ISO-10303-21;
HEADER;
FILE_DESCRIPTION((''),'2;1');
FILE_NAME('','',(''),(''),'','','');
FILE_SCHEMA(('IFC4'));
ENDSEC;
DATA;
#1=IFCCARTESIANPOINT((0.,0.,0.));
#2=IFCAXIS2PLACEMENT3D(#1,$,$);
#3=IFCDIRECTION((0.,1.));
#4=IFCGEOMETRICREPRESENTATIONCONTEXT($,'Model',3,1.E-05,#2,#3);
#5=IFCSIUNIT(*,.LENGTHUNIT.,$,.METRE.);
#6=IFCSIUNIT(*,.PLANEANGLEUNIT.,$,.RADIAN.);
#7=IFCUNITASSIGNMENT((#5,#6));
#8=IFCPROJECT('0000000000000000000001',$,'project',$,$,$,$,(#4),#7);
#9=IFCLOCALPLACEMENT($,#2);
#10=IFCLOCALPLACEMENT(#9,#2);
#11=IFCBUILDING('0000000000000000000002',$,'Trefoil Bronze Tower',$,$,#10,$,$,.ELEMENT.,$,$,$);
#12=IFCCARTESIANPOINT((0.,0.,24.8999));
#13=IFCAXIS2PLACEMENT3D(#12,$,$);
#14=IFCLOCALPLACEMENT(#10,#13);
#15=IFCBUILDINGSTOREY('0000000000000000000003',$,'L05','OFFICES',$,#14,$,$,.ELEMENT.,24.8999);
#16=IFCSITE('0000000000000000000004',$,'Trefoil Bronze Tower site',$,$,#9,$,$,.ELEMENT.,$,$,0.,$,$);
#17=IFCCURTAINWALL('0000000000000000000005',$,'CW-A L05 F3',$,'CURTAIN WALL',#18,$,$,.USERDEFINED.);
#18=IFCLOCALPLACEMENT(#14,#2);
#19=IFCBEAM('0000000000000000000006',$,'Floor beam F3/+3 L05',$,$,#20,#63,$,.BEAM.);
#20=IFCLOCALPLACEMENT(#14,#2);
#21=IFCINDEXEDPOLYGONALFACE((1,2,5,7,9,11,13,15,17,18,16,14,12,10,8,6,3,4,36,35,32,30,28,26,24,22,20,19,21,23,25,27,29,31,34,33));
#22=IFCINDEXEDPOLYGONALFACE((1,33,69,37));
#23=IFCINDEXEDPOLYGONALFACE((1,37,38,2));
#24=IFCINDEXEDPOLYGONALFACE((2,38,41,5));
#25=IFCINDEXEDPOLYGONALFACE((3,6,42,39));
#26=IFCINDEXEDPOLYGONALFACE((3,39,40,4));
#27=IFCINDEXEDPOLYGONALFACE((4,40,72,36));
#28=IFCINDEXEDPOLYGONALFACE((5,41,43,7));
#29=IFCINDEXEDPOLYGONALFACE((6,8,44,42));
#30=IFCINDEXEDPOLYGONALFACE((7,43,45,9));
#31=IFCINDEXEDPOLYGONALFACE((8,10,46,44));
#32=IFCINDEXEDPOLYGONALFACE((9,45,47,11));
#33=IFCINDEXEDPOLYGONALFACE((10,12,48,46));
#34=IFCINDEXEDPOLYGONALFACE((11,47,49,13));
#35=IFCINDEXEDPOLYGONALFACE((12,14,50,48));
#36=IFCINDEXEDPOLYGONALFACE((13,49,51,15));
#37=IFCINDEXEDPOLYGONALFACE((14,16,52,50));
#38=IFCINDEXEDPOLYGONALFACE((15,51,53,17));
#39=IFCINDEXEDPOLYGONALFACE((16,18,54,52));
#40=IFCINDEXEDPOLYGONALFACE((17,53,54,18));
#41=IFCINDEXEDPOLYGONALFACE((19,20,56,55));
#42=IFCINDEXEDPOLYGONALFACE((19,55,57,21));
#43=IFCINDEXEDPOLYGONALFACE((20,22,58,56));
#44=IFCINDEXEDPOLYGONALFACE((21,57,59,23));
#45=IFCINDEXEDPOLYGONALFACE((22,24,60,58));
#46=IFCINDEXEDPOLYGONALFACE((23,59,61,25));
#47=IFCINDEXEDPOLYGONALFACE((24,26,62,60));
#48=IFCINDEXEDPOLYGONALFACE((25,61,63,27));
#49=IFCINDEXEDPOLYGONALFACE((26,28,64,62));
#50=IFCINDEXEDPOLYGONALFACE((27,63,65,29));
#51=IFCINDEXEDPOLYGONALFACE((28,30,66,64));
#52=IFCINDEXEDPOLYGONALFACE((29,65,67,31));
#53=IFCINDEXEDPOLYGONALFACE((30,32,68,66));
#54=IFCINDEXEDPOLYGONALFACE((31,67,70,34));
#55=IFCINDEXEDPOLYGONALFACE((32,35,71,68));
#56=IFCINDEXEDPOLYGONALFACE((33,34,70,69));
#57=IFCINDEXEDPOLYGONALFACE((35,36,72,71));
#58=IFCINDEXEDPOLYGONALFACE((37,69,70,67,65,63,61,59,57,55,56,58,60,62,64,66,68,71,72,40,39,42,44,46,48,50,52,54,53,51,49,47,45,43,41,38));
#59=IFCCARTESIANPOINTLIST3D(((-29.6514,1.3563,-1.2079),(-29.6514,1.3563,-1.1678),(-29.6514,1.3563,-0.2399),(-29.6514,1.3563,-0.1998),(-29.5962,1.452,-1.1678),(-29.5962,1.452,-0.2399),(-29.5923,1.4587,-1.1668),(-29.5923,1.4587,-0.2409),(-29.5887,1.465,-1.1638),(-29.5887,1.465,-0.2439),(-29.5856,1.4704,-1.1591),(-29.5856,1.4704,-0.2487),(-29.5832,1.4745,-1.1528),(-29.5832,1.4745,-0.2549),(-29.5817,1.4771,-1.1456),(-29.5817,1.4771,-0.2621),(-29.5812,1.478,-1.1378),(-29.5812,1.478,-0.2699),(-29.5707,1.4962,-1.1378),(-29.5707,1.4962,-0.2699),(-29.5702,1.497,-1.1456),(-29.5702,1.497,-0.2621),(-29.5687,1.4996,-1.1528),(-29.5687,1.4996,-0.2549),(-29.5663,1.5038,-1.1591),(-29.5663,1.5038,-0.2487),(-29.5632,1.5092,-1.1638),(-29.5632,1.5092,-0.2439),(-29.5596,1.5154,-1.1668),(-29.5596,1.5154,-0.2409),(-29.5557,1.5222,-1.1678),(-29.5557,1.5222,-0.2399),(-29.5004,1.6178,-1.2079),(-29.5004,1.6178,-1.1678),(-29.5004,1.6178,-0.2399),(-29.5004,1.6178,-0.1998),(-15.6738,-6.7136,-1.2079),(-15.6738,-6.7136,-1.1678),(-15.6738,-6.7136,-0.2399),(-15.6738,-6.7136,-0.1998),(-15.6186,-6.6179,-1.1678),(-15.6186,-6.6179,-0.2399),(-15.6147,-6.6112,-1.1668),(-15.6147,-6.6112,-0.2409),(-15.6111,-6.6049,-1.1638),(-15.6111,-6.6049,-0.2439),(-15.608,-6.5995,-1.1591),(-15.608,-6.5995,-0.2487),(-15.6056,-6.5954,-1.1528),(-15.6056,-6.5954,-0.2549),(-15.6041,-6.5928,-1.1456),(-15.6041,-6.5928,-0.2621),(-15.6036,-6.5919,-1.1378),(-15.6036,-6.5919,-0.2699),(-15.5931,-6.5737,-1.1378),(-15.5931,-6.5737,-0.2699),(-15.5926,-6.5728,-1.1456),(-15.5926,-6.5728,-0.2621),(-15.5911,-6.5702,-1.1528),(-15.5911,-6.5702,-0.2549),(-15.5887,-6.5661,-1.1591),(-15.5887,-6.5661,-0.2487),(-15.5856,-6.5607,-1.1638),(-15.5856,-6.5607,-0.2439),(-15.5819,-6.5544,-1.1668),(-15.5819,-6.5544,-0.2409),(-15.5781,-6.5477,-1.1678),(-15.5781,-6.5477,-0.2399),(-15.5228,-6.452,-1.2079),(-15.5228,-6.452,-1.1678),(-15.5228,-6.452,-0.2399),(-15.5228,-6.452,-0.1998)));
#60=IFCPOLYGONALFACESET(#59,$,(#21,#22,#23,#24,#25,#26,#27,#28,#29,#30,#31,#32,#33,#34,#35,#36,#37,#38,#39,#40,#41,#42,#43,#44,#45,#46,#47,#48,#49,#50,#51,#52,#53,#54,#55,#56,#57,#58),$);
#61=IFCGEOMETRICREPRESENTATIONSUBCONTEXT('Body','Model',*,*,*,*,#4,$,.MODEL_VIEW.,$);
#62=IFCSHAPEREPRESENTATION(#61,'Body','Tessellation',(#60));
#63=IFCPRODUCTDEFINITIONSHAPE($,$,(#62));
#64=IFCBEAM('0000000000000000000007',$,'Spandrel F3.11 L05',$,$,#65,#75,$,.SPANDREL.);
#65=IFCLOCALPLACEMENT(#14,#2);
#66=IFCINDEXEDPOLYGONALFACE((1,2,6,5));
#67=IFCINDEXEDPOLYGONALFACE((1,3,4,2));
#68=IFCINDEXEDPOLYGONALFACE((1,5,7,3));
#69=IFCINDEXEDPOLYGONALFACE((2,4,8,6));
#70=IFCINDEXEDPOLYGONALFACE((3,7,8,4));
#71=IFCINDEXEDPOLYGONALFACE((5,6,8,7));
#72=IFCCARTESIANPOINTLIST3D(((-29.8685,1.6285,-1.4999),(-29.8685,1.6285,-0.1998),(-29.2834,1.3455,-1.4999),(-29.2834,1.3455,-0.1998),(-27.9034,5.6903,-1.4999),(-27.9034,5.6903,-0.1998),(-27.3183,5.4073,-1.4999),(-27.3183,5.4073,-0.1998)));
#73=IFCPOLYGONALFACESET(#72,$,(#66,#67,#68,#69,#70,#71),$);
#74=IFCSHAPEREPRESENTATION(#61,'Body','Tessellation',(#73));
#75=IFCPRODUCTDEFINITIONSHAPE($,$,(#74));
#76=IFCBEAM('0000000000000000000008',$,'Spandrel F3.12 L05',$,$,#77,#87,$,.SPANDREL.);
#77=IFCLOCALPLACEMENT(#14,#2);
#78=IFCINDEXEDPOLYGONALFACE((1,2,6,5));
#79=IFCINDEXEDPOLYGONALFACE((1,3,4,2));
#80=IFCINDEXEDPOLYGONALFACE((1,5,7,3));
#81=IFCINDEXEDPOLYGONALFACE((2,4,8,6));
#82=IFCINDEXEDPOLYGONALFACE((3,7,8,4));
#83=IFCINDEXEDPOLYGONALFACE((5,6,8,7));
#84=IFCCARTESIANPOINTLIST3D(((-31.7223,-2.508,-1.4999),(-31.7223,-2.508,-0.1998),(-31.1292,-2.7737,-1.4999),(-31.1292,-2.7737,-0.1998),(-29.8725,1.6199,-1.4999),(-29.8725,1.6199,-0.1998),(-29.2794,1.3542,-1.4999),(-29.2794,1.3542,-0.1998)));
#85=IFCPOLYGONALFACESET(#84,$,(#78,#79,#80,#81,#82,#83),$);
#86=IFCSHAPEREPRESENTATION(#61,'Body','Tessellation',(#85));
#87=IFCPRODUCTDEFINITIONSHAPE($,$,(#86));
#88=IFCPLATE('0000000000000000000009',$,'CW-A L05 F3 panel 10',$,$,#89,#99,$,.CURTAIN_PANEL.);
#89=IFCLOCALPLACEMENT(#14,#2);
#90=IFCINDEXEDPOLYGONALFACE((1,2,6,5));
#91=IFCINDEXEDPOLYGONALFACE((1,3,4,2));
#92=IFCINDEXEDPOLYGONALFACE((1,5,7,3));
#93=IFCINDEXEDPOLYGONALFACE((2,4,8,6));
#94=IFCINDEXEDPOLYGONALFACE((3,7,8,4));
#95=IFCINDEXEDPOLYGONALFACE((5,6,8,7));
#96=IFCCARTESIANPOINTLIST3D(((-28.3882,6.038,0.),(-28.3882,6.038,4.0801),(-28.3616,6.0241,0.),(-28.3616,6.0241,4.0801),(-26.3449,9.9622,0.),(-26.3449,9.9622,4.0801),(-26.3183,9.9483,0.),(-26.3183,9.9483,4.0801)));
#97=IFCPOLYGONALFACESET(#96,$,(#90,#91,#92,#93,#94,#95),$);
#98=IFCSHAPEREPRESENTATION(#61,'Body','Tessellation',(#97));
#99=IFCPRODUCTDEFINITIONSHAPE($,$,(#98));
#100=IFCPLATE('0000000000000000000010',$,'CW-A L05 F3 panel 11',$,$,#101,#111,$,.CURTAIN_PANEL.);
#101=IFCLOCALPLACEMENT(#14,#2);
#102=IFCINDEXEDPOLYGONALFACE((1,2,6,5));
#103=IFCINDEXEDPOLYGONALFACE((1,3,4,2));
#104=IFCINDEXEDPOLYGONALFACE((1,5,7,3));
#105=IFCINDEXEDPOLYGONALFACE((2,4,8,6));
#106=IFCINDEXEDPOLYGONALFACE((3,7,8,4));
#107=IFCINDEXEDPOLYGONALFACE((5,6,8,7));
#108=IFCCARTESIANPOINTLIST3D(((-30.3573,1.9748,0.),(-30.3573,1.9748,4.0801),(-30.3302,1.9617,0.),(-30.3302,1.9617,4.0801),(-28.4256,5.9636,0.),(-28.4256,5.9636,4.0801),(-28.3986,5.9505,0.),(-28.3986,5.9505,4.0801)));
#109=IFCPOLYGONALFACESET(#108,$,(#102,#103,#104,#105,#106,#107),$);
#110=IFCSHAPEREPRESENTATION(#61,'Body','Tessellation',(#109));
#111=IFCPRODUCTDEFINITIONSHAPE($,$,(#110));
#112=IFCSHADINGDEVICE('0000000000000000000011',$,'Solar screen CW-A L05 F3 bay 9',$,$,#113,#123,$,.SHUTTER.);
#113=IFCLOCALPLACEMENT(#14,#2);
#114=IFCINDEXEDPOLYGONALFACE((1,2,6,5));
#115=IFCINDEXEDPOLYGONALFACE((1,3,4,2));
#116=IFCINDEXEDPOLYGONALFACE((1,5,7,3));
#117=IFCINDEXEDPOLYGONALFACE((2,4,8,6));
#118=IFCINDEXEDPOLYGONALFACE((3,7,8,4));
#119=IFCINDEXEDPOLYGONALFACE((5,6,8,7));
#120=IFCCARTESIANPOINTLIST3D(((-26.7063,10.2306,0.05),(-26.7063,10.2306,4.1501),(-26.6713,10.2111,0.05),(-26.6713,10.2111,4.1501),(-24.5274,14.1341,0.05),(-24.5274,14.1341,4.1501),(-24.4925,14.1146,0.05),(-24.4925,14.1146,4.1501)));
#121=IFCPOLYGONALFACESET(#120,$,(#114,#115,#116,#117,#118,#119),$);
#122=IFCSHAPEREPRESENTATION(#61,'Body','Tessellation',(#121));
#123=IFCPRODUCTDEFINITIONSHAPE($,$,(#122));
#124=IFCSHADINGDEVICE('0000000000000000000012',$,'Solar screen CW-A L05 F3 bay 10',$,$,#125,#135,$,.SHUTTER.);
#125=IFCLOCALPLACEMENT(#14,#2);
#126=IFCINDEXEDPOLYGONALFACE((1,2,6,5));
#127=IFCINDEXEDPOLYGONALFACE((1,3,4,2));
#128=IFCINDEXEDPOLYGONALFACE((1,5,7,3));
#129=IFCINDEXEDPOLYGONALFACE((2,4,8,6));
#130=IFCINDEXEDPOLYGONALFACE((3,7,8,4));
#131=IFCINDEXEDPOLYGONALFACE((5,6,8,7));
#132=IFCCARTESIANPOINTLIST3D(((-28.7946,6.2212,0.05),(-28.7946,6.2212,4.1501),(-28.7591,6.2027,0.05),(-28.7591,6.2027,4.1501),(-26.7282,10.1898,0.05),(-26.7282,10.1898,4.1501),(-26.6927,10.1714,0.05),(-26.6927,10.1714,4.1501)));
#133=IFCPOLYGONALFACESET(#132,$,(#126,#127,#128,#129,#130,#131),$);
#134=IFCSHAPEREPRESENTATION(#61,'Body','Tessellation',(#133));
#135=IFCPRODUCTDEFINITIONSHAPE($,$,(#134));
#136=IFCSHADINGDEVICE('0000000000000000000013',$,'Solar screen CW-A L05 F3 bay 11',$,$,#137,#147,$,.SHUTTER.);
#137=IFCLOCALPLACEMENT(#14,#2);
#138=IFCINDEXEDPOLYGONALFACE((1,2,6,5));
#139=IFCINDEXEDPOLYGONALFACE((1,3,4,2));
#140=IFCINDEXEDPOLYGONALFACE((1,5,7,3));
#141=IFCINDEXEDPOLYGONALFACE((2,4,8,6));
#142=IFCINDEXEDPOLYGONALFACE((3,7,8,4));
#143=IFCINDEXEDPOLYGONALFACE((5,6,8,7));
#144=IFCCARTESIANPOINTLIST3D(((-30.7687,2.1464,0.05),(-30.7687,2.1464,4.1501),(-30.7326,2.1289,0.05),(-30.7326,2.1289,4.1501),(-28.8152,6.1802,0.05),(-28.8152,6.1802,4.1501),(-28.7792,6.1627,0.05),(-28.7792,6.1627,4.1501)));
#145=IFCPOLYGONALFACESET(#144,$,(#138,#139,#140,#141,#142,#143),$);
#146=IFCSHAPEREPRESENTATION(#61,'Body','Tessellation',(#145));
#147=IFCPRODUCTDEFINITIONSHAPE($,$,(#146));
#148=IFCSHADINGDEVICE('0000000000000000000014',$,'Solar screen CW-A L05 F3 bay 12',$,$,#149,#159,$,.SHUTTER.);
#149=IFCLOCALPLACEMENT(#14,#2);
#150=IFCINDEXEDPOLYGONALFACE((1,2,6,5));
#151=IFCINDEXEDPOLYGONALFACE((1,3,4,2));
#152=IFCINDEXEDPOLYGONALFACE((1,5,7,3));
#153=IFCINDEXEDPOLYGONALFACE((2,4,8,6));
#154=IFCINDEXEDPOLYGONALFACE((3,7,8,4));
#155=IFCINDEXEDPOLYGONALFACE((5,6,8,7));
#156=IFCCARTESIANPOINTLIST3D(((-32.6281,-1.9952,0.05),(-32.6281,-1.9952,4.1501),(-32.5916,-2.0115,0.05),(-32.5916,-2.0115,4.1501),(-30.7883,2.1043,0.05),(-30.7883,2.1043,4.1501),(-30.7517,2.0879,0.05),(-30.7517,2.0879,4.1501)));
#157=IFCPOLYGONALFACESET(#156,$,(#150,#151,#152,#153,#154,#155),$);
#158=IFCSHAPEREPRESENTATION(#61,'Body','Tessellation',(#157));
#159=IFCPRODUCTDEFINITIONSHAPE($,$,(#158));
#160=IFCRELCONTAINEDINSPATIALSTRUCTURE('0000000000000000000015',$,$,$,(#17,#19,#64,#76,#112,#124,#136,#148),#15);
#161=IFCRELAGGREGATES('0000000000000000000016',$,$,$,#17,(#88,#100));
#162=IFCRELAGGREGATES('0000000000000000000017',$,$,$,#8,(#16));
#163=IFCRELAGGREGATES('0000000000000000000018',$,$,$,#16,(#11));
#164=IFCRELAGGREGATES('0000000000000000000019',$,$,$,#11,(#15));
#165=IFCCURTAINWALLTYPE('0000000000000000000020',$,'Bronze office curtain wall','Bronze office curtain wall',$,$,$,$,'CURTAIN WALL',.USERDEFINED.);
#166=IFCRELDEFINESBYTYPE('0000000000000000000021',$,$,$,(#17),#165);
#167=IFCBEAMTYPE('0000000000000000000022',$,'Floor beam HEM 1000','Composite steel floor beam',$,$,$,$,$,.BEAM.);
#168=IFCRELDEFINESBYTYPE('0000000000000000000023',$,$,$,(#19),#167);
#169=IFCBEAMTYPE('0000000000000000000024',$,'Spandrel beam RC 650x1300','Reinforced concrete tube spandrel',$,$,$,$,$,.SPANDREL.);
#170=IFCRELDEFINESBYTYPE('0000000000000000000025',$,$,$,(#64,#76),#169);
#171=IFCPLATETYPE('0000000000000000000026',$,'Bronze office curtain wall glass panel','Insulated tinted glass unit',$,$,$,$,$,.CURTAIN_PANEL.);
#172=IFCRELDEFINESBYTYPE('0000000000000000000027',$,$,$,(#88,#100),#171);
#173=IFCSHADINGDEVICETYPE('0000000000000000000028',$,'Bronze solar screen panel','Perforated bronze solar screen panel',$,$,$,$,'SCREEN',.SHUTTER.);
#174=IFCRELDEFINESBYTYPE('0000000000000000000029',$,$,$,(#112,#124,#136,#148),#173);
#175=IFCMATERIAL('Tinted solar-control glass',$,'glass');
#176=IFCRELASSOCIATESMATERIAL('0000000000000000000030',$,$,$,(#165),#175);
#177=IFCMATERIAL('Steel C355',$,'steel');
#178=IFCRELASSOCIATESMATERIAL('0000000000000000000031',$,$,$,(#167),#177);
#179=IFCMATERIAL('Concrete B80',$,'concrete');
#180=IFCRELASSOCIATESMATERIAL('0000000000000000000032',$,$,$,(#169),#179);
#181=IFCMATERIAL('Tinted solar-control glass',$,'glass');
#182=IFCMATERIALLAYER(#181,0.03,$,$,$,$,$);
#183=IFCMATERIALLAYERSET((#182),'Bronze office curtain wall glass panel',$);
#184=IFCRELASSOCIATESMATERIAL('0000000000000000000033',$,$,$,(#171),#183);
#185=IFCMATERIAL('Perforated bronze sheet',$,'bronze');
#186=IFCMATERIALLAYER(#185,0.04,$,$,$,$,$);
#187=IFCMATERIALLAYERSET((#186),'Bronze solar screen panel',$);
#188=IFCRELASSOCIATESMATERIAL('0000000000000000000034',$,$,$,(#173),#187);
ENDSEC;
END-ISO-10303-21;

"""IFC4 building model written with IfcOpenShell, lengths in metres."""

from ifc_helpers import new_model, si_unit, direction, frame, origin, origin_2d, place, context, subcontext, project, spatial, rectangle, i_section, extrude, material, layer, layer_set, material_profile, profile_set, type_object, element, aggregate, save


model = new_model("IFC4")

# Units and contexts
model_context = context("Model", 3, precision=1e-05, world=origin(), true_north=direction((0.0, 1.0)))
body_context = subcontext(model_context, "Body", "Model", "MODEL_VIEW")
ifc_project = project(units=[si_unit("LENGTHUNIT", "METRE"), si_unit("PLANEANGLEUNIT", "RADIAN")], contexts=[model_context])

# Site, building, storey
site_placement = place(None, origin())
site = spatial("IfcSite", under=ifc_project, at=site_placement, Name="Trefoil Bronze Tower site", CompositionType="ELEMENT", RefElevation=0.0)
building_placement = place(site_placement, origin())
building = spatial("IfcBuilding", under=site, at=building_placement, Name="Trefoil Bronze Tower", CompositionType="ELEMENT")
storey_placement = place(building_placement, frame((0.0, 0.0, 24.8999)))
storey = spatial("IfcBuildingStorey", under=building, at=storey_placement, Name="L05", Description="OFFICES", CompositionType="ELEMENT", Elevation=24.8999)

# Curtain wall
ifc_material_1 = material(Name="Tinted solar-control glass", Category="glass")
curtain_wall_type = type_object("IfcCurtainWallType", Name="Bronze office curtain wall", Description="Bronze office curtain wall", ElementType="CURTAIN WALL", PredefinedType="USERDEFINED", material=ifc_material_1)
curtain_wall_placement = place(storey_placement, origin())
curtain_wall = element("IfcCurtainWall", 1, at=curtain_wall_placement, inside=storey, type_object=curtain_wall_type, Name="CW-A L05 F3", ObjectType="CURTAIN WALL", PredefinedType="USERDEFINED")

# Beams
ifc_material_2 = material(Name="Steel C355", Category="steel")
ifc_material_profile_1 = material_profile(ifc_material_2, i_section(OverallWidth=0.302, OverallDepth=1.0081, WebThickness=0.021, FlangeThickness=0.04, FilletRadius=0.03, at=origin_2d()), Name="HEM 1000")
ifc_profile_set_1 = profile_set([ifc_material_profile_1], Name="Steel C355")
beam_type_1 = type_object("IfcBeamType", Name="Floor beam HEM 1000", Description="Composite steel floor beam", PredefinedType="BEAM", material=ifc_profile_set_1)
beam_1_placement = place(storey_placement, frame((-29.5759, 1.4871, -0.7039), z_axis=(0.866028, -0.499995, 0.0), x_axis=(0.499995, 0.866028, 0.0)))
element("IfcBeam", 2, at=beam_1_placement, inside=storey, type_object=beam_type_1, Name="Floor beam F3/+3 L05", PredefinedType="BEAM", context=body_context, shape_type="SweptSolid", body=[
    extrude(i_section(OverallWidth=0.302, OverallDepth=1.0081, WebThickness=0.021, FlangeThickness=0.04, FilletRadius=0.03, at=origin_2d()), origin(), (0.0, 0.0, 1.0), 16.1399),
])
ifc_material_3 = material(Name="Concrete B80", Category="concrete")
ifc_material_profile_2 = material_profile(ifc_material_3, rectangle(XDim=0.6499, YDim=1.3, at=origin_2d()), Name="RC 650x1300")
ifc_profile_set_2 = profile_set([ifc_material_profile_2], Name="Concrete B80")
beam_type_2 = type_object("IfcBeamType", Name="Spandrel beam RC 650x1300", Description="Reinforced concrete tube spandrel", PredefinedType="SPANDREL", material=ifc_profile_set_2)
beam_2_placement = place(storey_placement, frame((-27.6108, 5.5488, -0.8499), z_axis=(-0.43551, -0.900184, 0.0), x_axis=(0.900184, -0.43551, 0.0)))
element("IfcBeam", 3, at=beam_2_placement, inside=storey, type_object=beam_type_2, Name="Spandrel F3.11 L05", PredefinedType="SPANDREL", context=body_context, shape_type="SweptSolid", body=[
    extrude(rectangle(XDim=0.6499, YDim=1.3, at=origin_2d()), origin(), (0.0, 0.0, 1.0), 4.5122),
])
beam_3_placement = place(storey_placement, frame((-29.5759, 1.4871, -0.8499), z_axis=(-0.408946, -0.912559, 0.0), x_axis=(0.912559, -0.408946, 0.0)))
element("IfcBeam", 4, at=beam_3_placement, inside=storey, type_object=beam_type_2, Name="Spandrel F3.12 L05", PredefinedType="SPANDREL", context=body_context, shape_type="SweptSolid", body=[
    extrude(rectangle(XDim=0.6499, YDim=1.3, at=origin_2d()), origin(), (0.0, 0.0, 1.0), 4.5234),
])

# Plates
ifc_material_4 = material(Name="Tinted solar-control glass", Category="glass")
ifc_layer_1 = layer(ifc_material_4, 0.03)
ifc_layer_set_1 = layer_set([ifc_layer_1], Name="Bronze office curtain wall glass panel")
plate_type = type_object("IfcPlateType", Name="Bronze office curtain wall glass panel", Description="Insulated tinted glass unit", PredefinedType="CURTAIN_PANEL", material=ifc_layer_set_1)
plate_1_placement = place(storey_placement, frame((-27.3533, 7.9932, 0.0), z_axis=(0.0, 0.0, 1.0), x_axis=(-0.46183, -0.886969, 0.0)))
plate_1 = element("IfcPlate", 5, at=plate_1_placement, type_object=plate_type, Name="CW-A L05 F3 panel 10", PredefinedType="CURTAIN_PANEL", context=body_context, shape_type="SweptSolid", body=[
    extrude(rectangle(XDim=4.4243, YDim=0.03, at=origin_2d()), origin(), (0.0, 0.0, 1.0), 4.0801),
])
plate_2_placement = place(storey_placement, frame((-29.3779, 3.9626, 0.0), z_axis=(0.0, 0.0, 1.0), x_axis=(-0.435855, -0.900017, 0.0)))
plate_2 = element("IfcPlate", 6, at=plate_2_placement, type_object=plate_type, Name="CW-A L05 F3 panel 11", PredefinedType="CURTAIN_PANEL", context=body_context, shape_type="SweptSolid", body=[
    extrude(rectangle(XDim=4.4319, YDim=0.03, at=origin_2d()), origin(), (0.0, 0.0, 1.0), 4.0801),
])
aggregate(curtain_wall, [plate_1, plate_2])

# Shading devices
ifc_material_5 = material(Name="Perforated bronze sheet", Category="bronze")
ifc_layer_2 = layer(ifc_material_5, 0.04)
ifc_layer_set_2 = layer_set([ifc_layer_2], Name="Bronze solar screen panel")
shading_device_type = type_object("IfcShadingDeviceType", Name="Bronze solar screen panel", Description="Perforated bronze solar screen panel", ElementType="SCREEN", PredefinedType="SHUTTER", material=ifc_layer_set_2)
shading_device_1_placement = place(storey_placement, frame((-25.5994, 12.1726, 0.05), z_axis=(0.0, 0.0, 1.0), x_axis=(-0.487382, -0.873189, 0.0)))
element("IfcShadingDevice", 7, at=shading_device_1_placement, inside=storey, type_object=shading_device_type, Name="Solar screen CW-A L05 F3 bay 9", PredefinedType="SHUTTER", context=body_context, shape_type="SweptSolid", body=[
    extrude(rectangle(XDim=4.4705, YDim=0.04, at=origin_2d()), origin(), (0.0, 0.0, 1.0), 4.1001),
])
shading_device_2_placement = place(storey_placement, frame((-27.7437, 8.1963, 0.05), z_axis=(0.0, 0.0, 1.0), x_axis=(-0.46183, -0.886969, 0.0)))
element("IfcShadingDevice", 8, at=shading_device_2_placement, inside=storey, type_object=shading_device_type, Name="Solar screen CW-A L05 F3 bay 10", PredefinedType="SHUTTER", context=body_context, shape_type="SweptSolid", body=[
    extrude(rectangle(XDim=4.4744, YDim=0.04, at=origin_2d()), origin(), (0.0, 0.0, 1.0), 4.1001),
])
shading_device_3_placement = place(storey_placement, frame((-29.7739, 4.1545, 0.05), z_axis=(0.0, 0.0, 1.0), x_axis=(-0.435855, -0.900017, 0.0)))
element("IfcShadingDevice", 9, at=shading_device_3_placement, inside=storey, type_object=shading_device_type, Name="Solar screen CW-A L05 F3 bay 11", PredefinedType="SHUTTER", context=body_context, shape_type="SweptSolid", body=[
    extrude(rectangle(XDim=4.4819, YDim=0.04, at=origin_2d()), origin(), (0.0, 0.0, 1.0), 4.1001),
])
shading_device_4_placement = place(storey_placement, frame((-31.6899, 0.0464, 0.05), z_axis=(0.0, 0.0, 1.0), x_axis=(-0.409456, -0.91233, 0.0)))
element("IfcShadingDevice", 10, at=shading_device_4_placement, inside=storey, type_object=shading_device_type, Name="Solar screen CW-A L05 F3 bay 12", PredefinedType="SHUTTER", context=body_context, shape_type="SweptSolid", body=[
    extrude(rectangle(XDim=4.4934, YDim=0.04, at=origin_2d()), origin(), (0.0, 0.0, 1.0), 4.1001),
])

save(model, "model.ifc")
